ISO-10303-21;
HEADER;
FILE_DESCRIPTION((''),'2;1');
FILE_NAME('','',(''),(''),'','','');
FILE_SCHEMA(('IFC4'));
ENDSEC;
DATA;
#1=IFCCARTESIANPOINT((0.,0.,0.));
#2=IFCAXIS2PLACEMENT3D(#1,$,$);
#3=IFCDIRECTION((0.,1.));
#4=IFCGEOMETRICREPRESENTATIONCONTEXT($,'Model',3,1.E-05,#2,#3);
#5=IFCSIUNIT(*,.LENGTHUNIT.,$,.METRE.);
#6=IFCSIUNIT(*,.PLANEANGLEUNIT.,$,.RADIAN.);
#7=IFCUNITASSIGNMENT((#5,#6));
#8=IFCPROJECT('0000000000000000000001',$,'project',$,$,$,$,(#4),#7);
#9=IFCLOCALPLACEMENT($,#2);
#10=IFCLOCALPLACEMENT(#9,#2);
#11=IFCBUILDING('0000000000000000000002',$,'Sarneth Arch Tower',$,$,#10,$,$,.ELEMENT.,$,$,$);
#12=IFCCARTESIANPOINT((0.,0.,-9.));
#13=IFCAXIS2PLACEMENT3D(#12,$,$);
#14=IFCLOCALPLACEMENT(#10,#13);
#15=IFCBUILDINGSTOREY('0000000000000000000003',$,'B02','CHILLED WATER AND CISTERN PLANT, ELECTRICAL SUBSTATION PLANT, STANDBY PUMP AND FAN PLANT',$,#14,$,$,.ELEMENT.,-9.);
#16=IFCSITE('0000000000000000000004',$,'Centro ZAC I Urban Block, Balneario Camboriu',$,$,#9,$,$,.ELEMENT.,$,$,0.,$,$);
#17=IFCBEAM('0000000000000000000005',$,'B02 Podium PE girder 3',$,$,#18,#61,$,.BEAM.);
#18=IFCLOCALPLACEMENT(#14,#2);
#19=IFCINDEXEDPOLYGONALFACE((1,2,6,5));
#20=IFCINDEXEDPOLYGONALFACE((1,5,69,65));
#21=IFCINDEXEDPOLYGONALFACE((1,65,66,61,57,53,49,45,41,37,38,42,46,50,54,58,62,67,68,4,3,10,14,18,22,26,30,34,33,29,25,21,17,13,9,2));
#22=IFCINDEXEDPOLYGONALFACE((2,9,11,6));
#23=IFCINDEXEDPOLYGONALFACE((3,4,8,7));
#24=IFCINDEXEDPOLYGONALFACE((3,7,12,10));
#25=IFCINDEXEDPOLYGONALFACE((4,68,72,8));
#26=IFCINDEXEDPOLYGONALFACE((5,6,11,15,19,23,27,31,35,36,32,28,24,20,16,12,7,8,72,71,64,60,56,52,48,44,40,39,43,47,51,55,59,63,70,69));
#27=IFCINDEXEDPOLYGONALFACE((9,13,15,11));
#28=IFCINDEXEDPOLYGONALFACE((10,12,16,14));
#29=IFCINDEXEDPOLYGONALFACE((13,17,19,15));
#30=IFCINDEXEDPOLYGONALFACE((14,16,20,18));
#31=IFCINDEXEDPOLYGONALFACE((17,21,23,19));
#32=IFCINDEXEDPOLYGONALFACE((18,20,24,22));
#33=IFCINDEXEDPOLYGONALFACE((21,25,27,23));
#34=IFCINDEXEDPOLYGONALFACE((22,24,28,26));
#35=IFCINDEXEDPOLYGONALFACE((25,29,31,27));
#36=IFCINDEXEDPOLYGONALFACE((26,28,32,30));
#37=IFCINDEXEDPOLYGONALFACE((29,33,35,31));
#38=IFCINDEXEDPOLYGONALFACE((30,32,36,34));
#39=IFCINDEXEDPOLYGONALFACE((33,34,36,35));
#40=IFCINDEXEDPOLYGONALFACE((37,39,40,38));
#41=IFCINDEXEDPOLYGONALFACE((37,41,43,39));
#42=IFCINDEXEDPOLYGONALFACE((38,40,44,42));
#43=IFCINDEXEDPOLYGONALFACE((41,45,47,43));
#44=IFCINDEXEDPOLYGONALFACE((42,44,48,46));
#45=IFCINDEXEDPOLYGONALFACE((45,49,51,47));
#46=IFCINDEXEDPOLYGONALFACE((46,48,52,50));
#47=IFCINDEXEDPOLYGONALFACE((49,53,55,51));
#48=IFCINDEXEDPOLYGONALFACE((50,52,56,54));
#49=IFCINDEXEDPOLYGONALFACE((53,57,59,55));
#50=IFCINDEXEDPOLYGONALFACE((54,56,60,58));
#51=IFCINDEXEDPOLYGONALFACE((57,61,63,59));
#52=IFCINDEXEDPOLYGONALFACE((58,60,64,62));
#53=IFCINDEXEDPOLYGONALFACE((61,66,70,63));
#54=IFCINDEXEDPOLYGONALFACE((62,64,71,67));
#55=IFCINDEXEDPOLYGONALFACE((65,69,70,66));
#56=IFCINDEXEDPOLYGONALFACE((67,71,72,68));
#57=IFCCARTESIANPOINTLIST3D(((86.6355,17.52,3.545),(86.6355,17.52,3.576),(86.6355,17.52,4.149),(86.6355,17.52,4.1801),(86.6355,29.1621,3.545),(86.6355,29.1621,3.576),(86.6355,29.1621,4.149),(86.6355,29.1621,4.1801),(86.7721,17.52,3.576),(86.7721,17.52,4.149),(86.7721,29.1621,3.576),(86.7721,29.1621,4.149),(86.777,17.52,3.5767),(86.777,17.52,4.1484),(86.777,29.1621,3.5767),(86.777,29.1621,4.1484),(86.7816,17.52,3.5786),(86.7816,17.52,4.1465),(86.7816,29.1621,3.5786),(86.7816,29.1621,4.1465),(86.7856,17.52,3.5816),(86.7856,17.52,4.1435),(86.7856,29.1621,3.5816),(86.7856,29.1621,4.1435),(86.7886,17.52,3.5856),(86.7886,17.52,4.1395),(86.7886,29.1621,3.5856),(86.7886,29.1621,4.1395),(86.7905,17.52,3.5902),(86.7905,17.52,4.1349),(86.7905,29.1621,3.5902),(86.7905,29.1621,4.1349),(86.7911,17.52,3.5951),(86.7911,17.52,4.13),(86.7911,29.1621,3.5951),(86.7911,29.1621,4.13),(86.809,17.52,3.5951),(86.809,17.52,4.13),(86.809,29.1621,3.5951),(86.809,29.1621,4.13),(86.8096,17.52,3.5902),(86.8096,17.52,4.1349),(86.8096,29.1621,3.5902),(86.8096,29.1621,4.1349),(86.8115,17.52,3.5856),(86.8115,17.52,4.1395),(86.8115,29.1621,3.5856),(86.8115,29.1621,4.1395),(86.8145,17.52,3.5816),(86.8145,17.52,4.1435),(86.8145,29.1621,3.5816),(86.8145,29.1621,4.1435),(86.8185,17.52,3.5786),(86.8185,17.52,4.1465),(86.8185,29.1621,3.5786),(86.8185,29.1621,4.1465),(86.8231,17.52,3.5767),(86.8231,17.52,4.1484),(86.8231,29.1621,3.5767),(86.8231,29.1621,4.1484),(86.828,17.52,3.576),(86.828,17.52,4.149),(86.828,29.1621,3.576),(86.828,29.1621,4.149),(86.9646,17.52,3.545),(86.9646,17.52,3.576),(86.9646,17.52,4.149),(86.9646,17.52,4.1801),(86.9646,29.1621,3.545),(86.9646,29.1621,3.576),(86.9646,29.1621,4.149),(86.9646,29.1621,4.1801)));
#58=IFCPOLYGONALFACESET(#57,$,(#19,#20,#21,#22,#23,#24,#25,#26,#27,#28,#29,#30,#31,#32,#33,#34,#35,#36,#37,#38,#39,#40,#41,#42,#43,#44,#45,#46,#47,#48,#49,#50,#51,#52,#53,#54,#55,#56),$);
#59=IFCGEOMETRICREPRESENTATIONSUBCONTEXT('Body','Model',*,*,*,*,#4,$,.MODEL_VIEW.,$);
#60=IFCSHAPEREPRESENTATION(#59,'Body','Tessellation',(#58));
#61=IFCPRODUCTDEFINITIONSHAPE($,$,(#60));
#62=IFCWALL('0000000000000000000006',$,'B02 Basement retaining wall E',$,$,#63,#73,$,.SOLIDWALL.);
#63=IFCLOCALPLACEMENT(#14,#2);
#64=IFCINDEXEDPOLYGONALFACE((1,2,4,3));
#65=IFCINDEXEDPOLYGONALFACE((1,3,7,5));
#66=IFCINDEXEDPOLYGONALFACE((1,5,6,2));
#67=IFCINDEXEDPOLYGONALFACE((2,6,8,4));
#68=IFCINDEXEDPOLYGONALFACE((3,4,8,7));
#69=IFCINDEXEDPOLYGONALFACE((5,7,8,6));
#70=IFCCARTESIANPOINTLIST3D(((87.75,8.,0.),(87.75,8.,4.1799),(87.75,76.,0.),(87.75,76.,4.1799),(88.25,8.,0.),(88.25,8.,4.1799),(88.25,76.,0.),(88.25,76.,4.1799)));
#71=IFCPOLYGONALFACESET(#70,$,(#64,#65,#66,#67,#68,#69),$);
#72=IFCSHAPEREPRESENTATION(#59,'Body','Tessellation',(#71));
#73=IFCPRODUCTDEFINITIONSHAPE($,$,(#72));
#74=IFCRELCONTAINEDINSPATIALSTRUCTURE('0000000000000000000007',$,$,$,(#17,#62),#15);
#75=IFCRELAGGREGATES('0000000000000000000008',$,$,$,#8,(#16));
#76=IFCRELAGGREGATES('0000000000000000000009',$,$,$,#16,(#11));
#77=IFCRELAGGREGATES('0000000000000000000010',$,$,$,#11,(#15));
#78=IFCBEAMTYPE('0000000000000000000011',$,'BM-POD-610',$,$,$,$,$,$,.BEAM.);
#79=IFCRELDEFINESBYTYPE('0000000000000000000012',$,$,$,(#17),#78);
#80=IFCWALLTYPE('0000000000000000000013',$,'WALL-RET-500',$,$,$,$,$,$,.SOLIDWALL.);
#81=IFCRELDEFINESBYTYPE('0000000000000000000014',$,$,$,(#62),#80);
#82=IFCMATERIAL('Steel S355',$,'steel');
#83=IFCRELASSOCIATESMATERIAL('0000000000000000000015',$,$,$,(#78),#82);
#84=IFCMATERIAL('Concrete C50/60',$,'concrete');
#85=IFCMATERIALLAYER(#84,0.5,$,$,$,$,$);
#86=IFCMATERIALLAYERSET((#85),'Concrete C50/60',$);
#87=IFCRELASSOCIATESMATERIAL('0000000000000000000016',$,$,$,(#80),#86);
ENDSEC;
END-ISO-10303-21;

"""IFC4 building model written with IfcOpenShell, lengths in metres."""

from ifc_helpers import new_model, si_unit, direction, frame, frame_2d, origin, origin_2d, place, context, subcontext, project, spatial, rectangle, i_section, extrude, material, layer, layer_set, material_profile, profile_set, type_object, element, save


model = new_model("IFC4")

# Units and contexts
model_context = context("Model", 3, precision=1e-05, world=origin(), true_north=direction((0.0, 1.0)))
body_context = subcontext(model_context, "Body", "Model", "MODEL_VIEW")
ifc_project = project(units=[si_unit("LENGTHUNIT", "METRE"), si_unit("PLANEANGLEUNIT", "RADIAN")], contexts=[model_context])

# Site, building, storey
site_placement = place(None, origin())
site = spatial("IfcSite", under=ifc_project, at=site_placement, Name="Centro ZAC I Urban Block, Balneario Camboriu", CompositionType="ELEMENT", RefElevation=0.0)
building_placement = place(site_placement, origin())
building = spatial("IfcBuilding", under=site, at=building_placement, Name="Sarneth Arch Tower", CompositionType="ELEMENT")
storey_placement = place(building_placement, frame((0.0, 0.0, -9.0)))
storey = spatial("IfcBuildingStorey", under=building, at=storey_placement, Name="B02", Description="CHILLED WATER AND CISTERN PLANT, ELECTRICAL SUBSTATION PLANT, STANDBY PUMP AND FAN PLANT", CompositionType="ELEMENT", Elevation=-9.0)

# Beam
ifc_material_1 = material(Name="Steel S355", Category="steel")
ifc_material_profile_1 = material_profile(ifc_material_1, i_section(OverallWidth=0.3291, OverallDepth=0.635, WebThickness=0.0178, FlangeThickness=0.031, FilletRadius=0.019, at=origin_2d()), Name="W610x241")
ifc_profile_set_1 = profile_set([ifc_material_profile_1], Name="Steel S355")
beam_type = type_object("IfcBeamType", Name="BM-POD-610", PredefinedType="BEAM", material=ifc_profile_set_1)
beam_1_placement = place(storey_placement, frame((86.8, 17.52, 3.8625), z_axis=(0.0, 1.0, 0.0), x_axis=(-1.0, 0.0, 0.0)))
element("IfcBeam", 1, at=beam_1_placement, inside=storey, type_object=beam_type, Name="B02 Podium PE girder 3", PredefinedType="BEAM", context=body_context, shape_type="SweptSolid", body=[
    extrude(i_section(OverallWidth=0.3291, OverallDepth=0.635, WebThickness=0.0178, FlangeThickness=0.031, FilletRadius=0.019, at=origin_2d()), origin(), (0.0, 0.0, 1.0), 11.6421),
])

# Wall
ifc_material_2 = material(Name="Concrete C50/60", Category="concrete")
ifc_layer = layer(ifc_material_2, 0.5)
ifc_layer_set = layer_set([ifc_layer], Name="Concrete C50/60")
wall_type = type_object("IfcWallType", Name="WALL-RET-500", PredefinedType="SOLIDWALL", material=ifc_layer_set)
wall_placement = place(storey_placement, frame((88.0, 8.0, 0.0), z_axis=(0.0, 0.0, 1.0), x_axis=(0.0, 1.0, 0.0)))
element("IfcWall", 2, at=wall_placement, inside=storey, type_object=wall_type, Name="B02 Basement retaining wall E", PredefinedType="SOLIDWALL", context=body_context, shape_type="SweptSolid", body=[
    extrude(rectangle(XDim=68.0, YDim=0.5, at=frame_2d((34.0, 0.0))), origin(), (0.0, 0.0, 1.0), 4.1799),
])

save(model, "model.ifc")
